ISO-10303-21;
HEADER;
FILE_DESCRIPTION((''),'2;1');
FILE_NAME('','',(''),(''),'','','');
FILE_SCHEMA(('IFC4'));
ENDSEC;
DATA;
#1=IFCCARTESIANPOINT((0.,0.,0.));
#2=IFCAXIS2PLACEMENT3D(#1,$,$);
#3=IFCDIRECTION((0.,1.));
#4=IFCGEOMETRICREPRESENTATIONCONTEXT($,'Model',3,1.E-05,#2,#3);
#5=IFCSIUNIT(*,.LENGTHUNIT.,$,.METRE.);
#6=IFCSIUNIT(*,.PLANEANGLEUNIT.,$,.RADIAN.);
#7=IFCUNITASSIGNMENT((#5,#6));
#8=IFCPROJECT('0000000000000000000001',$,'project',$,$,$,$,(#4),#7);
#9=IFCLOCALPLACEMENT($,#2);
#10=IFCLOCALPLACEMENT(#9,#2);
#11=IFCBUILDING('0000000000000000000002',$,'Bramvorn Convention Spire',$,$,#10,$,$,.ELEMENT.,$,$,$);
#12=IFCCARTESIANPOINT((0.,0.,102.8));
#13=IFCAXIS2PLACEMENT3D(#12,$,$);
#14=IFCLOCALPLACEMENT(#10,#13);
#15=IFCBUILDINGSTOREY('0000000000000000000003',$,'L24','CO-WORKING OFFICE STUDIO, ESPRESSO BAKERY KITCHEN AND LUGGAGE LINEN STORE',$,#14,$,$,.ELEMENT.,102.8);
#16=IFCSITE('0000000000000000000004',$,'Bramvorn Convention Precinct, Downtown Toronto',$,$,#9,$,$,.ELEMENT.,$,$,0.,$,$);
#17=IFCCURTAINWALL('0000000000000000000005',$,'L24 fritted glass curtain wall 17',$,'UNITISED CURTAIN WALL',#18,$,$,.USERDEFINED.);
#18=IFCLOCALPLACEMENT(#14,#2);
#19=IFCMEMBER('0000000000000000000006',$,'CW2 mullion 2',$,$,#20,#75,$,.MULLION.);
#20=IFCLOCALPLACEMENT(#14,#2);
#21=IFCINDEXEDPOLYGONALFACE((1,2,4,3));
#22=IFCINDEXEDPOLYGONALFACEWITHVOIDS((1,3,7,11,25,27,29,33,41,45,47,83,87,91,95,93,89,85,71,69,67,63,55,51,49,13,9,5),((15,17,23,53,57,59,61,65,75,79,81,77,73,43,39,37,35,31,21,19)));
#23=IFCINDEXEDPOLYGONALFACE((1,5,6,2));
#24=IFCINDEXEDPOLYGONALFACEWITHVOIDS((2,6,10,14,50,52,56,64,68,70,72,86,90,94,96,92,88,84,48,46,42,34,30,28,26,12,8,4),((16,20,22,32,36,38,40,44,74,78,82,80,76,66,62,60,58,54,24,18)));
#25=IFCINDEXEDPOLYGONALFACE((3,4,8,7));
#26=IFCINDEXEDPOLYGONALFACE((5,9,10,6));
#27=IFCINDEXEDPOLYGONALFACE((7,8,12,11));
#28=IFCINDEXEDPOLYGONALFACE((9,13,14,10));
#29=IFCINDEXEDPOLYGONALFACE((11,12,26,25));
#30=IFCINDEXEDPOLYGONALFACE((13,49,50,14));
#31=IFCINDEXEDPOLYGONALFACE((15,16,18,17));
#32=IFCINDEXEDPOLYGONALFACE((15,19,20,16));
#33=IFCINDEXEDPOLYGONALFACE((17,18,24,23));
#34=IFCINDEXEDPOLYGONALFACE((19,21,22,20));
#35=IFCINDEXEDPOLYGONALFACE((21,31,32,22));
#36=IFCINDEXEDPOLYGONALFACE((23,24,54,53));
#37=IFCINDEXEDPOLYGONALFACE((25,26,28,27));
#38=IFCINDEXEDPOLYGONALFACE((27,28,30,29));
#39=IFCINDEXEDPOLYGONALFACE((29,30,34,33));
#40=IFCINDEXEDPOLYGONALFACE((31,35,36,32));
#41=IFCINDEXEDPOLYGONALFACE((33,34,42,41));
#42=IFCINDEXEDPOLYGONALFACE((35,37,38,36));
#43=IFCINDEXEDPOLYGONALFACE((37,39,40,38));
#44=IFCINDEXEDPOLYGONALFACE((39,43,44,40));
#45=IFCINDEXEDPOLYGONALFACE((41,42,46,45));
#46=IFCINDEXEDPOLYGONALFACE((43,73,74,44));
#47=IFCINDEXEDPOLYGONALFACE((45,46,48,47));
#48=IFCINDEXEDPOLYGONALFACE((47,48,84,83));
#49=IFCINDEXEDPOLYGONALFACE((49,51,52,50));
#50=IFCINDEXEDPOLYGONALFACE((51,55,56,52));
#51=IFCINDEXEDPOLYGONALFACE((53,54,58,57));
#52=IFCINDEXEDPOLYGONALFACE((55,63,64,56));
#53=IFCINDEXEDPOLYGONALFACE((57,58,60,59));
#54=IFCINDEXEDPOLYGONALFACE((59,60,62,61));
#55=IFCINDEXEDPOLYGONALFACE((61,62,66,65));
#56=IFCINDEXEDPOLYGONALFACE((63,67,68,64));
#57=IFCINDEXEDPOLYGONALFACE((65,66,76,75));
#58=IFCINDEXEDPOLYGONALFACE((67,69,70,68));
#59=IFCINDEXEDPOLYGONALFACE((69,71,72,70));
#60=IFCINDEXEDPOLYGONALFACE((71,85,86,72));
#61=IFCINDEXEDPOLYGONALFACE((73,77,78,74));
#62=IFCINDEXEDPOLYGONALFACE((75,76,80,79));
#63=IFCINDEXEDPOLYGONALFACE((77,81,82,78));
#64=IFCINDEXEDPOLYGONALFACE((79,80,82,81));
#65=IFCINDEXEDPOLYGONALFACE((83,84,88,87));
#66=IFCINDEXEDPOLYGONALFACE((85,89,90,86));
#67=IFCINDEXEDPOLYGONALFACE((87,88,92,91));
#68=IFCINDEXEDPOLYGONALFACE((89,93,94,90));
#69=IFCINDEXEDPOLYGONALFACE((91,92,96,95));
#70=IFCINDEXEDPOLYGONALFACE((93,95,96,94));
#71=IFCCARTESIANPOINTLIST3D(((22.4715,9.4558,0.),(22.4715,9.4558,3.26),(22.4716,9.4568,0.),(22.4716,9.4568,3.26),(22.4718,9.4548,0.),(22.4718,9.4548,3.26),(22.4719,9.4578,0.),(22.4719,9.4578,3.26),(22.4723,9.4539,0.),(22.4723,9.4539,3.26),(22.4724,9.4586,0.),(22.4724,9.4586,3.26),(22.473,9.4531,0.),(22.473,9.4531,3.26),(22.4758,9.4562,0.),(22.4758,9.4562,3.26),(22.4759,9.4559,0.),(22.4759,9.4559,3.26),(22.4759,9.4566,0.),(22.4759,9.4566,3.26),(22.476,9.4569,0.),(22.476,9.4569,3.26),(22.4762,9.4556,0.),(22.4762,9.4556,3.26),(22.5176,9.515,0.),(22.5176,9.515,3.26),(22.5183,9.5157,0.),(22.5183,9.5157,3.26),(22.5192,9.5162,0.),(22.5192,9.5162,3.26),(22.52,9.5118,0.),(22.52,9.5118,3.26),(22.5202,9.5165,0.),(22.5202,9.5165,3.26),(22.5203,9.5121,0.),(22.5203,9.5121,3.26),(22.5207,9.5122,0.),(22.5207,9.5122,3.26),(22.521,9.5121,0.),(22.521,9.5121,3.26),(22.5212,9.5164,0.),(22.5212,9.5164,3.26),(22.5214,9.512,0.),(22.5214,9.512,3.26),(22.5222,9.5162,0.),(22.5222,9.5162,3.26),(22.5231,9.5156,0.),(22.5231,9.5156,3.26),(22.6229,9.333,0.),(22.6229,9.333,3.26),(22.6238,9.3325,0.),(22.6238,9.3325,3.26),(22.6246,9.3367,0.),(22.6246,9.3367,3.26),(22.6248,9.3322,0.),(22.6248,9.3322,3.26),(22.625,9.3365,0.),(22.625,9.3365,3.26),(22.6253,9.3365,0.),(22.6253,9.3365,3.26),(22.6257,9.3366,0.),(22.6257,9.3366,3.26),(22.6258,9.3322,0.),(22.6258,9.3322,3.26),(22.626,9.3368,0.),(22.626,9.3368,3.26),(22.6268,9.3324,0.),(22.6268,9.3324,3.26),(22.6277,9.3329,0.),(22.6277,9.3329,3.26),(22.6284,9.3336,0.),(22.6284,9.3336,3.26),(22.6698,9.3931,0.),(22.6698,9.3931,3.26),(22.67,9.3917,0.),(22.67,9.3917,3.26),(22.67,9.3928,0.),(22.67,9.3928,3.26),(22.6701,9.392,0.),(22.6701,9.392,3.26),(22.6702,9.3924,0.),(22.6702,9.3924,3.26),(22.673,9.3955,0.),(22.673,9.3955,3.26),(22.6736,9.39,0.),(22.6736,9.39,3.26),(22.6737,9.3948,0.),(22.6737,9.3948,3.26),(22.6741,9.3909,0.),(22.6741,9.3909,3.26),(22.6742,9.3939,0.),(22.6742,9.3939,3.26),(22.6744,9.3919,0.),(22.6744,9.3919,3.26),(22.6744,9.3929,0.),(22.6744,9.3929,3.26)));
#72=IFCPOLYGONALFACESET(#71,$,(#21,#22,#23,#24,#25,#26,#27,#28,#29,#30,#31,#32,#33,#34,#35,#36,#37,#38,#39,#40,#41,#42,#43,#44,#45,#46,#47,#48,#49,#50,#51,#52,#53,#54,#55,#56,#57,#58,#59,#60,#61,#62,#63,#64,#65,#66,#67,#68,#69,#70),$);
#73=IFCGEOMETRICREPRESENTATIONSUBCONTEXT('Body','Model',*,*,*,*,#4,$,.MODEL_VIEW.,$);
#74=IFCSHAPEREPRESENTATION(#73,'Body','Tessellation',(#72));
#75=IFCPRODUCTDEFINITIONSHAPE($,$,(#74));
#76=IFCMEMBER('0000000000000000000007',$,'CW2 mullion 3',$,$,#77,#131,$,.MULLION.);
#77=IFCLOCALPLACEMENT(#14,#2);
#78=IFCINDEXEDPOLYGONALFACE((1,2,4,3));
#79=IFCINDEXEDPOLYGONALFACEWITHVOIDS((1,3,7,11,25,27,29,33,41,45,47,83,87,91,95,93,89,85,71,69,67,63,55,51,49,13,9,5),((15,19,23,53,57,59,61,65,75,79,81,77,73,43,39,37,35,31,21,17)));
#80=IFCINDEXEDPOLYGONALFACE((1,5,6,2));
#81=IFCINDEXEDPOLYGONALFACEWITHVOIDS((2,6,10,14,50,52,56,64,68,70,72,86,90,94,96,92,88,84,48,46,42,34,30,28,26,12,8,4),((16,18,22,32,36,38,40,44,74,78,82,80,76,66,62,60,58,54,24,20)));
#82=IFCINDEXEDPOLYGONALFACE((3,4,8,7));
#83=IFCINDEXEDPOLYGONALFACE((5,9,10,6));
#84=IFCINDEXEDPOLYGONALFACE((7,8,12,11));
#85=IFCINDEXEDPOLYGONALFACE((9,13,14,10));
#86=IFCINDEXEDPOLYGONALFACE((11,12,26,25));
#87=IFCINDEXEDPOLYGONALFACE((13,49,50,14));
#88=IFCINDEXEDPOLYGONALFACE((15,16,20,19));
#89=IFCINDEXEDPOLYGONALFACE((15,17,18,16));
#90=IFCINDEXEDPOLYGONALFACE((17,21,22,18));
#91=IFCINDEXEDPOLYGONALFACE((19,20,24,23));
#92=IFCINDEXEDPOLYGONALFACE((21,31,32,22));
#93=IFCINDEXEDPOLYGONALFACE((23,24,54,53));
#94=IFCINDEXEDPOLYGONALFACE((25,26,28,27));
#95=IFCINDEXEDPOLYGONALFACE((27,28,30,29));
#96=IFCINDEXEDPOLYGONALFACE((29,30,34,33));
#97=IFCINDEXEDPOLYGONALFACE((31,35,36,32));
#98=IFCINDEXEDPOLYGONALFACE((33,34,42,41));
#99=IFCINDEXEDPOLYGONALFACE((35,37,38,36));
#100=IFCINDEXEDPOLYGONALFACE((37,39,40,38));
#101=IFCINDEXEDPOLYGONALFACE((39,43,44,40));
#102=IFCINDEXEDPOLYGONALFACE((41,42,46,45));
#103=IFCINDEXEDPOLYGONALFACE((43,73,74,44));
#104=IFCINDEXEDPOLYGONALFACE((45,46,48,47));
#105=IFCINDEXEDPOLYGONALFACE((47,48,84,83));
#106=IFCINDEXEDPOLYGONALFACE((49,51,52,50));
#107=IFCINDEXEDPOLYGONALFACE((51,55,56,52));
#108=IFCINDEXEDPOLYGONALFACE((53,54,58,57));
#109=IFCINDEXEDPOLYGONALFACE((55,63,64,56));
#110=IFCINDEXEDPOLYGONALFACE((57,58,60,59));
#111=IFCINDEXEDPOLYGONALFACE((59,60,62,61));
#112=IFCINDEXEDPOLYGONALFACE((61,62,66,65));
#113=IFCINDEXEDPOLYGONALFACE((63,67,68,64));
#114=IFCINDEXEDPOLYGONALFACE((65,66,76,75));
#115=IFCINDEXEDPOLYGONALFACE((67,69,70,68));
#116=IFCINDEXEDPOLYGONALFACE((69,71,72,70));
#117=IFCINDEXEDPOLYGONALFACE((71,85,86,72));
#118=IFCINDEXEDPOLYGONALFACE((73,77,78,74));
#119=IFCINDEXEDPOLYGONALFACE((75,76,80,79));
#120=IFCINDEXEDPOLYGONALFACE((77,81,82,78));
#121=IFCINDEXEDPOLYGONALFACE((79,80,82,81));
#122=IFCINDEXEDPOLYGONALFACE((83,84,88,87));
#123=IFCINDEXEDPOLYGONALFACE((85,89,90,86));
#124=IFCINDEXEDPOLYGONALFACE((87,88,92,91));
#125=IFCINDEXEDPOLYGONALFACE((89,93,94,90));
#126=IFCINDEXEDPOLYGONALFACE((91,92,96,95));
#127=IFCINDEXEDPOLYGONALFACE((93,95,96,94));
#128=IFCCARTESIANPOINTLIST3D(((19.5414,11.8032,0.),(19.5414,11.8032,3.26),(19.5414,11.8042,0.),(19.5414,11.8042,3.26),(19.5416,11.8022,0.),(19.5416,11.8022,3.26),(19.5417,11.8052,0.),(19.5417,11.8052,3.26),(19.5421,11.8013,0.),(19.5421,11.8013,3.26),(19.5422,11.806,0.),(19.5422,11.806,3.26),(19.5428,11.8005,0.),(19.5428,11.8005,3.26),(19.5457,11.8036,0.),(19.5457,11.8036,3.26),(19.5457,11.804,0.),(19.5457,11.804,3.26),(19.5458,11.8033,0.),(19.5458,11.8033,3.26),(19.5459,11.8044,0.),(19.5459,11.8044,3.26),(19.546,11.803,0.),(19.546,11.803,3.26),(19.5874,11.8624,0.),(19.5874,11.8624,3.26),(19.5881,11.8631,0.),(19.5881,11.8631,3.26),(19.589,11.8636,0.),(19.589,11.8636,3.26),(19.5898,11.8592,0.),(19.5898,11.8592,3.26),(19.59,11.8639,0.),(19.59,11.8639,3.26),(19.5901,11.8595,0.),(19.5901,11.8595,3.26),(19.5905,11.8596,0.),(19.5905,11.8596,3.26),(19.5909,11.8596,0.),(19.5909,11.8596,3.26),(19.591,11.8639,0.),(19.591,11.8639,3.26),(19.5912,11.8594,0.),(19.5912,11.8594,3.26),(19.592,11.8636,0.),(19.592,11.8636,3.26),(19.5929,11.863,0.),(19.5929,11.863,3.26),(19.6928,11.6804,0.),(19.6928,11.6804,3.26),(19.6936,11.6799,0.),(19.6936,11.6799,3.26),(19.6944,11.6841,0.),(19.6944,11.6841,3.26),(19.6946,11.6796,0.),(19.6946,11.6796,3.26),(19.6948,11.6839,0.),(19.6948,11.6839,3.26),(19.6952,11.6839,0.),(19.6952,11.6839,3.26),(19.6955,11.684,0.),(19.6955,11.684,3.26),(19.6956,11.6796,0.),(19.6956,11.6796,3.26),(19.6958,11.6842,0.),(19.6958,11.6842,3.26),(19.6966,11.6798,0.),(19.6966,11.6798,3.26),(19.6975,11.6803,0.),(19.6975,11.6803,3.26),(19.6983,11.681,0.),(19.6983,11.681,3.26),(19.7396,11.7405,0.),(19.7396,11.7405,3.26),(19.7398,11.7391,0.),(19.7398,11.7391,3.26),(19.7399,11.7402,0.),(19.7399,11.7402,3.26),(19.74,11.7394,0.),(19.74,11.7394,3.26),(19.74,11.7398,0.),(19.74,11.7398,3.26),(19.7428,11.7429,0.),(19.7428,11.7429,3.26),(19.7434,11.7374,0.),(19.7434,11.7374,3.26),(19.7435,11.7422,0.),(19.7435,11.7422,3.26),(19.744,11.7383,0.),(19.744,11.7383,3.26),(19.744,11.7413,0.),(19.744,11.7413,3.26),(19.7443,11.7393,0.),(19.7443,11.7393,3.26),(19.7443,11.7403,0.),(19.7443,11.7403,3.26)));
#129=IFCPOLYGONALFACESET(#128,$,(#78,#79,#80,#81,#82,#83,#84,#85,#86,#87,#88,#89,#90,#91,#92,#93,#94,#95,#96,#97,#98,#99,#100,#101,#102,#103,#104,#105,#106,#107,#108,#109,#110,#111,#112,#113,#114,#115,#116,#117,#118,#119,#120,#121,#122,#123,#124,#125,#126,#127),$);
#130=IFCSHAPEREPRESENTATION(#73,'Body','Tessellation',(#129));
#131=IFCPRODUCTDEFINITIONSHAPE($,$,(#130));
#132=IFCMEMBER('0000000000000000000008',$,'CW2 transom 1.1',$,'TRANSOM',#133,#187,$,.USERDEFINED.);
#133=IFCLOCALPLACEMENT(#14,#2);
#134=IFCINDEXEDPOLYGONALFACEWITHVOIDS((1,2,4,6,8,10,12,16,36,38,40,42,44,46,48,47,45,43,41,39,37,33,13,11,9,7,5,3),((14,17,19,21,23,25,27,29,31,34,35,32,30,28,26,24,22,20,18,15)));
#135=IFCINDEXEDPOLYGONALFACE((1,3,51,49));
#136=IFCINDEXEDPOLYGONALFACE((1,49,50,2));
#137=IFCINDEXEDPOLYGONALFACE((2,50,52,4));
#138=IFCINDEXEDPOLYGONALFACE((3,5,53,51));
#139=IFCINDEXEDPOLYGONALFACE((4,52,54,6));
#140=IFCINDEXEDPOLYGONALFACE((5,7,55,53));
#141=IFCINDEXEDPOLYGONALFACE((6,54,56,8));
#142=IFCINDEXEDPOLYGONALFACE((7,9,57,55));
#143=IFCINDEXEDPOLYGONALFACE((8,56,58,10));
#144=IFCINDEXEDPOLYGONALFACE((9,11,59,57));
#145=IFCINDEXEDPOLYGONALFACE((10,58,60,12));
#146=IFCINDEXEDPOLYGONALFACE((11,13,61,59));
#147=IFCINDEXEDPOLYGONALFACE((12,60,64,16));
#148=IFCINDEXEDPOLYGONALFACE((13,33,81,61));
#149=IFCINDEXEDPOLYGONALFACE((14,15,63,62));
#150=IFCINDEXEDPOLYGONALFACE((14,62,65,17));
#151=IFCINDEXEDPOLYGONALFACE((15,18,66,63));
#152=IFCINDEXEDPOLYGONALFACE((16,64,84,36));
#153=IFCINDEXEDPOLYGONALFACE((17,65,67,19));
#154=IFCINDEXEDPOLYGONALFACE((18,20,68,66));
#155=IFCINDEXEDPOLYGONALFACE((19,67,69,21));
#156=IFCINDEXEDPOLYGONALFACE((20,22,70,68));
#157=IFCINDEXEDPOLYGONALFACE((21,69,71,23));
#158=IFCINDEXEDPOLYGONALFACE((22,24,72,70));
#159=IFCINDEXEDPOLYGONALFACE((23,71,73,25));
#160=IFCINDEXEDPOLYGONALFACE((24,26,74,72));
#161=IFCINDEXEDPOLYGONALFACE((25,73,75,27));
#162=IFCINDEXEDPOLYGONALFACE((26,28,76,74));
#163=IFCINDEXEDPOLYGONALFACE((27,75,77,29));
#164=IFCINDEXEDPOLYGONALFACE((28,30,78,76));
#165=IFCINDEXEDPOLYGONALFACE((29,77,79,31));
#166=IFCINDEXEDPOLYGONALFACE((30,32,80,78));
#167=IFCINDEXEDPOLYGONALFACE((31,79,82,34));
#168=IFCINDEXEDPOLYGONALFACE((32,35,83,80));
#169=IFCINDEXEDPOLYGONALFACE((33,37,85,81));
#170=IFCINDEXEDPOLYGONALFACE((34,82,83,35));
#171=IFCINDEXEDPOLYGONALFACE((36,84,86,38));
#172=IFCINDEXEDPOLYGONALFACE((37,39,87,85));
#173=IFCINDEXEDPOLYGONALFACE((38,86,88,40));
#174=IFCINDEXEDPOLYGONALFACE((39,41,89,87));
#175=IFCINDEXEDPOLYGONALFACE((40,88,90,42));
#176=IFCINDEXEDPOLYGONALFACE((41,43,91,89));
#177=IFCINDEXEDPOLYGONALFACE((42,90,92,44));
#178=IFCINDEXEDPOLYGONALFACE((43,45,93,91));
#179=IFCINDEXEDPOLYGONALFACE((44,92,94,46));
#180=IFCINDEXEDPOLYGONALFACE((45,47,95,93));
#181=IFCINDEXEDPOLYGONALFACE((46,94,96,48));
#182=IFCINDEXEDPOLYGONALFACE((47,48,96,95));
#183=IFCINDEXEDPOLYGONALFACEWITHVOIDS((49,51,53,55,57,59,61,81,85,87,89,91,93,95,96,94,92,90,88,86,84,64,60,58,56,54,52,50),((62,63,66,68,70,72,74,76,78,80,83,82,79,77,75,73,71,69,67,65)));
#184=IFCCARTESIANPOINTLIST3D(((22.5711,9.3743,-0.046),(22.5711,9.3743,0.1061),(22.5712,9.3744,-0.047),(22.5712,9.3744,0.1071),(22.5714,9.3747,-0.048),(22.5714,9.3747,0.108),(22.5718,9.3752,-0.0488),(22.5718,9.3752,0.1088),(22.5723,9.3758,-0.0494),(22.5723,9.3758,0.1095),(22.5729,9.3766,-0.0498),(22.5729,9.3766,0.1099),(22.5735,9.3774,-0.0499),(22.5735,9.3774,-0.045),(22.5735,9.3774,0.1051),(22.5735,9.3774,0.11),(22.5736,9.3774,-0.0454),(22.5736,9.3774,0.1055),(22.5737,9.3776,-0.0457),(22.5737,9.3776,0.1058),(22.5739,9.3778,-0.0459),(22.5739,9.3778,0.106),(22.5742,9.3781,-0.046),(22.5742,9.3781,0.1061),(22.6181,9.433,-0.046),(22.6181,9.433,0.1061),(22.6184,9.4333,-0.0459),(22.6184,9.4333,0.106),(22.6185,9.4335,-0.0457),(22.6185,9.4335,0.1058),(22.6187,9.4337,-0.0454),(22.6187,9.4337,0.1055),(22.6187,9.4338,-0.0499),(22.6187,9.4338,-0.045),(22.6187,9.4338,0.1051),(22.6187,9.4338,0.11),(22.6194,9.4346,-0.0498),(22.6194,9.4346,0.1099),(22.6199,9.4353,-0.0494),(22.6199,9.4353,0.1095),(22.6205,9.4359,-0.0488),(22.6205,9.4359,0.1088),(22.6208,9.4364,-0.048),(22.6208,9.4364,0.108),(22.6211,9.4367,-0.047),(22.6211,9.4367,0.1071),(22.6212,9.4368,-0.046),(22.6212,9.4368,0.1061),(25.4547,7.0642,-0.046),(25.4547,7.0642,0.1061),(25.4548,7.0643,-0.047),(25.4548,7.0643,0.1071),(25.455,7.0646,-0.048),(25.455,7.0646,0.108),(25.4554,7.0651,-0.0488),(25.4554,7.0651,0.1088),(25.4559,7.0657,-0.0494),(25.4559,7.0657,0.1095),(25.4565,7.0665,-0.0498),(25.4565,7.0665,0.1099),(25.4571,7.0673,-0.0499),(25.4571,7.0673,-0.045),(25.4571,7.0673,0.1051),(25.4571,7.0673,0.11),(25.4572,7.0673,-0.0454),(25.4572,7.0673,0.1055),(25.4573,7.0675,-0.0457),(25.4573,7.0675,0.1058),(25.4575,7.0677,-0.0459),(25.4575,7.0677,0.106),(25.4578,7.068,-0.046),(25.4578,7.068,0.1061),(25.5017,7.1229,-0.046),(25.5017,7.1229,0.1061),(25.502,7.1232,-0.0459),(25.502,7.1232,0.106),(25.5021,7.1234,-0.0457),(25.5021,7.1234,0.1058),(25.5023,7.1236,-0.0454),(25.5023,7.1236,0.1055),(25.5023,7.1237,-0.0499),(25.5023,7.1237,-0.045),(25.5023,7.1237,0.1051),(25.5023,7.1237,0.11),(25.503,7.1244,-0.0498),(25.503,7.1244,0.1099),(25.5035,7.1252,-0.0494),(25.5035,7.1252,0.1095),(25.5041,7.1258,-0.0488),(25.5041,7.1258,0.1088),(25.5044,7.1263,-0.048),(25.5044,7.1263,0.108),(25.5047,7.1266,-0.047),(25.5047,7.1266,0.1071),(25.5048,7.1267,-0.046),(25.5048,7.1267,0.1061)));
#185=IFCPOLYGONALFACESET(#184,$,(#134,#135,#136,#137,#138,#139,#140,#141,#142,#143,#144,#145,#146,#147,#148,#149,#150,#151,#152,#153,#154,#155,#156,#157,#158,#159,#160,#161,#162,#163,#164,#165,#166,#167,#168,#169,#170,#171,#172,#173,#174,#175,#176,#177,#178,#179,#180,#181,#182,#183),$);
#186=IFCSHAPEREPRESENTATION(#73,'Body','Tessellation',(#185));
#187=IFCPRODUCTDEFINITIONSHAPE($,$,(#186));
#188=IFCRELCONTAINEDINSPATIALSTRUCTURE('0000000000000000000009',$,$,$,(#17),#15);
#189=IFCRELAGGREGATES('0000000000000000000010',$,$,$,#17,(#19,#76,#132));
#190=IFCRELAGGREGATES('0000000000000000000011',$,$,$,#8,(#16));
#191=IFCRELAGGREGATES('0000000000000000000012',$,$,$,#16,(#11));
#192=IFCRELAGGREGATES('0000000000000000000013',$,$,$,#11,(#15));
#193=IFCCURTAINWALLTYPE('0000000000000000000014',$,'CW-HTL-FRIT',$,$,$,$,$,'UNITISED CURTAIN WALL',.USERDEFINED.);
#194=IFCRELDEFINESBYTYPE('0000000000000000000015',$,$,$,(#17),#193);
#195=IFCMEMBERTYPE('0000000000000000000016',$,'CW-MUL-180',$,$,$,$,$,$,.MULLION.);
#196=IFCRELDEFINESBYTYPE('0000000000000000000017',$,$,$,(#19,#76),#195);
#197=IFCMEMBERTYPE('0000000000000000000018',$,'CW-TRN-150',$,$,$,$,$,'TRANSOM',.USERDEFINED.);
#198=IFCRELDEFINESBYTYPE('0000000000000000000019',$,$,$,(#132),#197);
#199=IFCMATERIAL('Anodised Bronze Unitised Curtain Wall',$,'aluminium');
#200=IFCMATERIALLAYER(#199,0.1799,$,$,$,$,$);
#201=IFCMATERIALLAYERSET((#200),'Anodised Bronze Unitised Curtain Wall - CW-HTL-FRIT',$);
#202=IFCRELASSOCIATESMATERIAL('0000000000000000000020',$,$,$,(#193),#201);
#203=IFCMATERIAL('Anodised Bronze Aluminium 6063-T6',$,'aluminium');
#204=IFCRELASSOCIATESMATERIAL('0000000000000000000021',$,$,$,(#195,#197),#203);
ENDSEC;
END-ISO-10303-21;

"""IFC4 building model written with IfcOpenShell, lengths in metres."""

from ifc_helpers import new_model, si_unit, direction, frame, origin, origin_2d, place, context, subcontext, project, spatial, hollow_rectangle, extrude, material, layer, layer_set, material_profile, profile_set, type_object, element, aggregate, save


model = new_model("IFC4")

# Units and contexts
model_context = context("Model", 3, precision=1e-05, world=origin(), true_north=direction((0.0, 1.0)))
body_context = subcontext(model_context, "Body", "Model", "MODEL_VIEW")
ifc_project = project(units=[si_unit("LENGTHUNIT", "METRE"), si_unit("PLANEANGLEUNIT", "RADIAN")], contexts=[model_context])

# Site, building, storey
site_placement = place(None, origin())
site = spatial("IfcSite", under=ifc_project, at=site_placement, Name="Bramvorn Convention Precinct, Downtown Toronto", CompositionType="ELEMENT", RefElevation=0.0)
building_placement = place(site_placement, origin())
building = spatial("IfcBuilding", under=site, at=building_placement, Name="Bramvorn Convention Spire", CompositionType="ELEMENT")
storey_placement = place(building_placement, frame((0.0, 0.0, 102.8)))
storey = spatial("IfcBuildingStorey", under=building, at=storey_placement, Name="L24", Description="CO-WORKING OFFICE STUDIO, ESPRESSO BAKERY KITCHEN AND LUGGAGE LINEN STORE", CompositionType="ELEMENT", Elevation=102.8)

# Curtain wall, members
ifc_material_1 = material(Name="Anodised Bronze Unitised Curtain Wall", Category="aluminium")
ifc_layer_1 = layer(ifc_material_1, 0.1799)
ifc_layer_set_1 = layer_set([ifc_layer_1], Name="Anodised Bronze Unitised Curtain Wall - CW-HTL-FRIT")
curtain_wall_type = type_object("IfcCurtainWallType", Name="CW-HTL-FRIT", ElementType="UNITISED CURTAIN WALL", PredefinedType="USERDEFINED", material=ifc_layer_set_1)
curtain_wall_placement = place(storey_placement, origin())
curtain_wall = element("IfcCurtainWall", 1, at=curtain_wall_placement, inside=storey, type_object=curtain_wall_type, Name="L24 fritted glass curtain wall 17", ObjectType="UNITISED CURTAIN WALL", PredefinedType="USERDEFINED")
ifc_material_2 = material(Name="Anodised Bronze Aluminium 6063-T6", Category="aluminium")
ifc_material_profile_1 = material_profile(ifc_material_2, hollow_rectangle(XDim=0.0801, YDim=0.2, WallThickness=0.0039, InnerFilletRadius=0.001, OuterFilletRadius=0.0039, at=origin_2d()))
ifc_profile_set_1 = profile_set([ifc_material_profile_1], Name="Anodised Bronze Aluminium 6063-T6 - CWM80X200")
member_type_1 = type_object("IfcMemberType", Name="CW-MUL-180", PredefinedType="MULLION", material=ifc_profile_set_1)
member_1_placement = place(storey_placement, frame((22.573, 9.4243, 0.0), z_axis=(0.0, 0.0, 1.0), x_axis=(-0.625246, -0.780428, 0.0)))
member_1 = element("IfcMember", 2, at=member_1_placement, type_object=member_type_1, Name="CW2 mullion 2", PredefinedType="MULLION", context=body_context, shape_type="SweptSolid", body=[
    extrude(hollow_rectangle(XDim=0.0801, YDim=0.2, WallThickness=0.0039, InnerFilletRadius=0.001, OuterFilletRadius=0.0039, at=origin_2d()), origin(), (0.0, 0.0, 1.0), 3.26),
])
member_2_placement = place(storey_placement, frame((19.6428, 11.7717, 0.0), z_axis=(0.0, 0.0, 1.0), x_axis=(-0.625246, -0.780428, 0.0)))
member_2 = element("IfcMember", 3, at=member_2_placement, type_object=member_type_1, Name="CW2 mullion 3", PredefinedType="MULLION", context=body_context, shape_type="SweptSolid", body=[
    extrude(hollow_rectangle(XDim=0.0801, YDim=0.2, WallThickness=0.0039, InnerFilletRadius=0.001, OuterFilletRadius=0.0039, at=origin_2d()), origin(), (0.0, 0.0, 1.0), 3.26),
])
ifc_material_profile_2 = material_profile(ifc_material_2, hollow_rectangle(XDim=0.0801, YDim=0.1599, WallThickness=0.0039, InnerFilletRadius=0.001, OuterFilletRadius=0.0039, at=origin_2d()))
ifc_profile_set_2 = profile_set([ifc_material_profile_2], Name="Anodised Bronze Aluminium 6063-T6 - CWT80X160")
member_type_2 = type_object("IfcMemberType", Name="CW-TRN-150", ElementType="TRANSOM", PredefinedType="USERDEFINED", material=ifc_profile_set_2)
member_3_placement = place(storey_placement, frame((25.4797, 7.0955, 0.03), z_axis=(-0.780443, 0.625227, 0.0), x_axis=(-0.625227, -0.780443, 0.0)))
member_3 = element("IfcMember", 4, at=member_3_placement, type_object=member_type_2, Name="CW2 transom 1.1", ObjectType="TRANSOM", PredefinedType="USERDEFINED", context=body_context, shape_type="SweptSolid", body=[
    extrude(hollow_rectangle(XDim=0.0801, YDim=0.1599, WallThickness=0.0039, InnerFilletRadius=0.001, OuterFilletRadius=0.0039, at=origin_2d()), origin(), (0.0, 0.0, 1.0), 3.6948),
])
aggregate(curtain_wall, [member_1, member_2, member_3])

save(model, "model.ifc")
